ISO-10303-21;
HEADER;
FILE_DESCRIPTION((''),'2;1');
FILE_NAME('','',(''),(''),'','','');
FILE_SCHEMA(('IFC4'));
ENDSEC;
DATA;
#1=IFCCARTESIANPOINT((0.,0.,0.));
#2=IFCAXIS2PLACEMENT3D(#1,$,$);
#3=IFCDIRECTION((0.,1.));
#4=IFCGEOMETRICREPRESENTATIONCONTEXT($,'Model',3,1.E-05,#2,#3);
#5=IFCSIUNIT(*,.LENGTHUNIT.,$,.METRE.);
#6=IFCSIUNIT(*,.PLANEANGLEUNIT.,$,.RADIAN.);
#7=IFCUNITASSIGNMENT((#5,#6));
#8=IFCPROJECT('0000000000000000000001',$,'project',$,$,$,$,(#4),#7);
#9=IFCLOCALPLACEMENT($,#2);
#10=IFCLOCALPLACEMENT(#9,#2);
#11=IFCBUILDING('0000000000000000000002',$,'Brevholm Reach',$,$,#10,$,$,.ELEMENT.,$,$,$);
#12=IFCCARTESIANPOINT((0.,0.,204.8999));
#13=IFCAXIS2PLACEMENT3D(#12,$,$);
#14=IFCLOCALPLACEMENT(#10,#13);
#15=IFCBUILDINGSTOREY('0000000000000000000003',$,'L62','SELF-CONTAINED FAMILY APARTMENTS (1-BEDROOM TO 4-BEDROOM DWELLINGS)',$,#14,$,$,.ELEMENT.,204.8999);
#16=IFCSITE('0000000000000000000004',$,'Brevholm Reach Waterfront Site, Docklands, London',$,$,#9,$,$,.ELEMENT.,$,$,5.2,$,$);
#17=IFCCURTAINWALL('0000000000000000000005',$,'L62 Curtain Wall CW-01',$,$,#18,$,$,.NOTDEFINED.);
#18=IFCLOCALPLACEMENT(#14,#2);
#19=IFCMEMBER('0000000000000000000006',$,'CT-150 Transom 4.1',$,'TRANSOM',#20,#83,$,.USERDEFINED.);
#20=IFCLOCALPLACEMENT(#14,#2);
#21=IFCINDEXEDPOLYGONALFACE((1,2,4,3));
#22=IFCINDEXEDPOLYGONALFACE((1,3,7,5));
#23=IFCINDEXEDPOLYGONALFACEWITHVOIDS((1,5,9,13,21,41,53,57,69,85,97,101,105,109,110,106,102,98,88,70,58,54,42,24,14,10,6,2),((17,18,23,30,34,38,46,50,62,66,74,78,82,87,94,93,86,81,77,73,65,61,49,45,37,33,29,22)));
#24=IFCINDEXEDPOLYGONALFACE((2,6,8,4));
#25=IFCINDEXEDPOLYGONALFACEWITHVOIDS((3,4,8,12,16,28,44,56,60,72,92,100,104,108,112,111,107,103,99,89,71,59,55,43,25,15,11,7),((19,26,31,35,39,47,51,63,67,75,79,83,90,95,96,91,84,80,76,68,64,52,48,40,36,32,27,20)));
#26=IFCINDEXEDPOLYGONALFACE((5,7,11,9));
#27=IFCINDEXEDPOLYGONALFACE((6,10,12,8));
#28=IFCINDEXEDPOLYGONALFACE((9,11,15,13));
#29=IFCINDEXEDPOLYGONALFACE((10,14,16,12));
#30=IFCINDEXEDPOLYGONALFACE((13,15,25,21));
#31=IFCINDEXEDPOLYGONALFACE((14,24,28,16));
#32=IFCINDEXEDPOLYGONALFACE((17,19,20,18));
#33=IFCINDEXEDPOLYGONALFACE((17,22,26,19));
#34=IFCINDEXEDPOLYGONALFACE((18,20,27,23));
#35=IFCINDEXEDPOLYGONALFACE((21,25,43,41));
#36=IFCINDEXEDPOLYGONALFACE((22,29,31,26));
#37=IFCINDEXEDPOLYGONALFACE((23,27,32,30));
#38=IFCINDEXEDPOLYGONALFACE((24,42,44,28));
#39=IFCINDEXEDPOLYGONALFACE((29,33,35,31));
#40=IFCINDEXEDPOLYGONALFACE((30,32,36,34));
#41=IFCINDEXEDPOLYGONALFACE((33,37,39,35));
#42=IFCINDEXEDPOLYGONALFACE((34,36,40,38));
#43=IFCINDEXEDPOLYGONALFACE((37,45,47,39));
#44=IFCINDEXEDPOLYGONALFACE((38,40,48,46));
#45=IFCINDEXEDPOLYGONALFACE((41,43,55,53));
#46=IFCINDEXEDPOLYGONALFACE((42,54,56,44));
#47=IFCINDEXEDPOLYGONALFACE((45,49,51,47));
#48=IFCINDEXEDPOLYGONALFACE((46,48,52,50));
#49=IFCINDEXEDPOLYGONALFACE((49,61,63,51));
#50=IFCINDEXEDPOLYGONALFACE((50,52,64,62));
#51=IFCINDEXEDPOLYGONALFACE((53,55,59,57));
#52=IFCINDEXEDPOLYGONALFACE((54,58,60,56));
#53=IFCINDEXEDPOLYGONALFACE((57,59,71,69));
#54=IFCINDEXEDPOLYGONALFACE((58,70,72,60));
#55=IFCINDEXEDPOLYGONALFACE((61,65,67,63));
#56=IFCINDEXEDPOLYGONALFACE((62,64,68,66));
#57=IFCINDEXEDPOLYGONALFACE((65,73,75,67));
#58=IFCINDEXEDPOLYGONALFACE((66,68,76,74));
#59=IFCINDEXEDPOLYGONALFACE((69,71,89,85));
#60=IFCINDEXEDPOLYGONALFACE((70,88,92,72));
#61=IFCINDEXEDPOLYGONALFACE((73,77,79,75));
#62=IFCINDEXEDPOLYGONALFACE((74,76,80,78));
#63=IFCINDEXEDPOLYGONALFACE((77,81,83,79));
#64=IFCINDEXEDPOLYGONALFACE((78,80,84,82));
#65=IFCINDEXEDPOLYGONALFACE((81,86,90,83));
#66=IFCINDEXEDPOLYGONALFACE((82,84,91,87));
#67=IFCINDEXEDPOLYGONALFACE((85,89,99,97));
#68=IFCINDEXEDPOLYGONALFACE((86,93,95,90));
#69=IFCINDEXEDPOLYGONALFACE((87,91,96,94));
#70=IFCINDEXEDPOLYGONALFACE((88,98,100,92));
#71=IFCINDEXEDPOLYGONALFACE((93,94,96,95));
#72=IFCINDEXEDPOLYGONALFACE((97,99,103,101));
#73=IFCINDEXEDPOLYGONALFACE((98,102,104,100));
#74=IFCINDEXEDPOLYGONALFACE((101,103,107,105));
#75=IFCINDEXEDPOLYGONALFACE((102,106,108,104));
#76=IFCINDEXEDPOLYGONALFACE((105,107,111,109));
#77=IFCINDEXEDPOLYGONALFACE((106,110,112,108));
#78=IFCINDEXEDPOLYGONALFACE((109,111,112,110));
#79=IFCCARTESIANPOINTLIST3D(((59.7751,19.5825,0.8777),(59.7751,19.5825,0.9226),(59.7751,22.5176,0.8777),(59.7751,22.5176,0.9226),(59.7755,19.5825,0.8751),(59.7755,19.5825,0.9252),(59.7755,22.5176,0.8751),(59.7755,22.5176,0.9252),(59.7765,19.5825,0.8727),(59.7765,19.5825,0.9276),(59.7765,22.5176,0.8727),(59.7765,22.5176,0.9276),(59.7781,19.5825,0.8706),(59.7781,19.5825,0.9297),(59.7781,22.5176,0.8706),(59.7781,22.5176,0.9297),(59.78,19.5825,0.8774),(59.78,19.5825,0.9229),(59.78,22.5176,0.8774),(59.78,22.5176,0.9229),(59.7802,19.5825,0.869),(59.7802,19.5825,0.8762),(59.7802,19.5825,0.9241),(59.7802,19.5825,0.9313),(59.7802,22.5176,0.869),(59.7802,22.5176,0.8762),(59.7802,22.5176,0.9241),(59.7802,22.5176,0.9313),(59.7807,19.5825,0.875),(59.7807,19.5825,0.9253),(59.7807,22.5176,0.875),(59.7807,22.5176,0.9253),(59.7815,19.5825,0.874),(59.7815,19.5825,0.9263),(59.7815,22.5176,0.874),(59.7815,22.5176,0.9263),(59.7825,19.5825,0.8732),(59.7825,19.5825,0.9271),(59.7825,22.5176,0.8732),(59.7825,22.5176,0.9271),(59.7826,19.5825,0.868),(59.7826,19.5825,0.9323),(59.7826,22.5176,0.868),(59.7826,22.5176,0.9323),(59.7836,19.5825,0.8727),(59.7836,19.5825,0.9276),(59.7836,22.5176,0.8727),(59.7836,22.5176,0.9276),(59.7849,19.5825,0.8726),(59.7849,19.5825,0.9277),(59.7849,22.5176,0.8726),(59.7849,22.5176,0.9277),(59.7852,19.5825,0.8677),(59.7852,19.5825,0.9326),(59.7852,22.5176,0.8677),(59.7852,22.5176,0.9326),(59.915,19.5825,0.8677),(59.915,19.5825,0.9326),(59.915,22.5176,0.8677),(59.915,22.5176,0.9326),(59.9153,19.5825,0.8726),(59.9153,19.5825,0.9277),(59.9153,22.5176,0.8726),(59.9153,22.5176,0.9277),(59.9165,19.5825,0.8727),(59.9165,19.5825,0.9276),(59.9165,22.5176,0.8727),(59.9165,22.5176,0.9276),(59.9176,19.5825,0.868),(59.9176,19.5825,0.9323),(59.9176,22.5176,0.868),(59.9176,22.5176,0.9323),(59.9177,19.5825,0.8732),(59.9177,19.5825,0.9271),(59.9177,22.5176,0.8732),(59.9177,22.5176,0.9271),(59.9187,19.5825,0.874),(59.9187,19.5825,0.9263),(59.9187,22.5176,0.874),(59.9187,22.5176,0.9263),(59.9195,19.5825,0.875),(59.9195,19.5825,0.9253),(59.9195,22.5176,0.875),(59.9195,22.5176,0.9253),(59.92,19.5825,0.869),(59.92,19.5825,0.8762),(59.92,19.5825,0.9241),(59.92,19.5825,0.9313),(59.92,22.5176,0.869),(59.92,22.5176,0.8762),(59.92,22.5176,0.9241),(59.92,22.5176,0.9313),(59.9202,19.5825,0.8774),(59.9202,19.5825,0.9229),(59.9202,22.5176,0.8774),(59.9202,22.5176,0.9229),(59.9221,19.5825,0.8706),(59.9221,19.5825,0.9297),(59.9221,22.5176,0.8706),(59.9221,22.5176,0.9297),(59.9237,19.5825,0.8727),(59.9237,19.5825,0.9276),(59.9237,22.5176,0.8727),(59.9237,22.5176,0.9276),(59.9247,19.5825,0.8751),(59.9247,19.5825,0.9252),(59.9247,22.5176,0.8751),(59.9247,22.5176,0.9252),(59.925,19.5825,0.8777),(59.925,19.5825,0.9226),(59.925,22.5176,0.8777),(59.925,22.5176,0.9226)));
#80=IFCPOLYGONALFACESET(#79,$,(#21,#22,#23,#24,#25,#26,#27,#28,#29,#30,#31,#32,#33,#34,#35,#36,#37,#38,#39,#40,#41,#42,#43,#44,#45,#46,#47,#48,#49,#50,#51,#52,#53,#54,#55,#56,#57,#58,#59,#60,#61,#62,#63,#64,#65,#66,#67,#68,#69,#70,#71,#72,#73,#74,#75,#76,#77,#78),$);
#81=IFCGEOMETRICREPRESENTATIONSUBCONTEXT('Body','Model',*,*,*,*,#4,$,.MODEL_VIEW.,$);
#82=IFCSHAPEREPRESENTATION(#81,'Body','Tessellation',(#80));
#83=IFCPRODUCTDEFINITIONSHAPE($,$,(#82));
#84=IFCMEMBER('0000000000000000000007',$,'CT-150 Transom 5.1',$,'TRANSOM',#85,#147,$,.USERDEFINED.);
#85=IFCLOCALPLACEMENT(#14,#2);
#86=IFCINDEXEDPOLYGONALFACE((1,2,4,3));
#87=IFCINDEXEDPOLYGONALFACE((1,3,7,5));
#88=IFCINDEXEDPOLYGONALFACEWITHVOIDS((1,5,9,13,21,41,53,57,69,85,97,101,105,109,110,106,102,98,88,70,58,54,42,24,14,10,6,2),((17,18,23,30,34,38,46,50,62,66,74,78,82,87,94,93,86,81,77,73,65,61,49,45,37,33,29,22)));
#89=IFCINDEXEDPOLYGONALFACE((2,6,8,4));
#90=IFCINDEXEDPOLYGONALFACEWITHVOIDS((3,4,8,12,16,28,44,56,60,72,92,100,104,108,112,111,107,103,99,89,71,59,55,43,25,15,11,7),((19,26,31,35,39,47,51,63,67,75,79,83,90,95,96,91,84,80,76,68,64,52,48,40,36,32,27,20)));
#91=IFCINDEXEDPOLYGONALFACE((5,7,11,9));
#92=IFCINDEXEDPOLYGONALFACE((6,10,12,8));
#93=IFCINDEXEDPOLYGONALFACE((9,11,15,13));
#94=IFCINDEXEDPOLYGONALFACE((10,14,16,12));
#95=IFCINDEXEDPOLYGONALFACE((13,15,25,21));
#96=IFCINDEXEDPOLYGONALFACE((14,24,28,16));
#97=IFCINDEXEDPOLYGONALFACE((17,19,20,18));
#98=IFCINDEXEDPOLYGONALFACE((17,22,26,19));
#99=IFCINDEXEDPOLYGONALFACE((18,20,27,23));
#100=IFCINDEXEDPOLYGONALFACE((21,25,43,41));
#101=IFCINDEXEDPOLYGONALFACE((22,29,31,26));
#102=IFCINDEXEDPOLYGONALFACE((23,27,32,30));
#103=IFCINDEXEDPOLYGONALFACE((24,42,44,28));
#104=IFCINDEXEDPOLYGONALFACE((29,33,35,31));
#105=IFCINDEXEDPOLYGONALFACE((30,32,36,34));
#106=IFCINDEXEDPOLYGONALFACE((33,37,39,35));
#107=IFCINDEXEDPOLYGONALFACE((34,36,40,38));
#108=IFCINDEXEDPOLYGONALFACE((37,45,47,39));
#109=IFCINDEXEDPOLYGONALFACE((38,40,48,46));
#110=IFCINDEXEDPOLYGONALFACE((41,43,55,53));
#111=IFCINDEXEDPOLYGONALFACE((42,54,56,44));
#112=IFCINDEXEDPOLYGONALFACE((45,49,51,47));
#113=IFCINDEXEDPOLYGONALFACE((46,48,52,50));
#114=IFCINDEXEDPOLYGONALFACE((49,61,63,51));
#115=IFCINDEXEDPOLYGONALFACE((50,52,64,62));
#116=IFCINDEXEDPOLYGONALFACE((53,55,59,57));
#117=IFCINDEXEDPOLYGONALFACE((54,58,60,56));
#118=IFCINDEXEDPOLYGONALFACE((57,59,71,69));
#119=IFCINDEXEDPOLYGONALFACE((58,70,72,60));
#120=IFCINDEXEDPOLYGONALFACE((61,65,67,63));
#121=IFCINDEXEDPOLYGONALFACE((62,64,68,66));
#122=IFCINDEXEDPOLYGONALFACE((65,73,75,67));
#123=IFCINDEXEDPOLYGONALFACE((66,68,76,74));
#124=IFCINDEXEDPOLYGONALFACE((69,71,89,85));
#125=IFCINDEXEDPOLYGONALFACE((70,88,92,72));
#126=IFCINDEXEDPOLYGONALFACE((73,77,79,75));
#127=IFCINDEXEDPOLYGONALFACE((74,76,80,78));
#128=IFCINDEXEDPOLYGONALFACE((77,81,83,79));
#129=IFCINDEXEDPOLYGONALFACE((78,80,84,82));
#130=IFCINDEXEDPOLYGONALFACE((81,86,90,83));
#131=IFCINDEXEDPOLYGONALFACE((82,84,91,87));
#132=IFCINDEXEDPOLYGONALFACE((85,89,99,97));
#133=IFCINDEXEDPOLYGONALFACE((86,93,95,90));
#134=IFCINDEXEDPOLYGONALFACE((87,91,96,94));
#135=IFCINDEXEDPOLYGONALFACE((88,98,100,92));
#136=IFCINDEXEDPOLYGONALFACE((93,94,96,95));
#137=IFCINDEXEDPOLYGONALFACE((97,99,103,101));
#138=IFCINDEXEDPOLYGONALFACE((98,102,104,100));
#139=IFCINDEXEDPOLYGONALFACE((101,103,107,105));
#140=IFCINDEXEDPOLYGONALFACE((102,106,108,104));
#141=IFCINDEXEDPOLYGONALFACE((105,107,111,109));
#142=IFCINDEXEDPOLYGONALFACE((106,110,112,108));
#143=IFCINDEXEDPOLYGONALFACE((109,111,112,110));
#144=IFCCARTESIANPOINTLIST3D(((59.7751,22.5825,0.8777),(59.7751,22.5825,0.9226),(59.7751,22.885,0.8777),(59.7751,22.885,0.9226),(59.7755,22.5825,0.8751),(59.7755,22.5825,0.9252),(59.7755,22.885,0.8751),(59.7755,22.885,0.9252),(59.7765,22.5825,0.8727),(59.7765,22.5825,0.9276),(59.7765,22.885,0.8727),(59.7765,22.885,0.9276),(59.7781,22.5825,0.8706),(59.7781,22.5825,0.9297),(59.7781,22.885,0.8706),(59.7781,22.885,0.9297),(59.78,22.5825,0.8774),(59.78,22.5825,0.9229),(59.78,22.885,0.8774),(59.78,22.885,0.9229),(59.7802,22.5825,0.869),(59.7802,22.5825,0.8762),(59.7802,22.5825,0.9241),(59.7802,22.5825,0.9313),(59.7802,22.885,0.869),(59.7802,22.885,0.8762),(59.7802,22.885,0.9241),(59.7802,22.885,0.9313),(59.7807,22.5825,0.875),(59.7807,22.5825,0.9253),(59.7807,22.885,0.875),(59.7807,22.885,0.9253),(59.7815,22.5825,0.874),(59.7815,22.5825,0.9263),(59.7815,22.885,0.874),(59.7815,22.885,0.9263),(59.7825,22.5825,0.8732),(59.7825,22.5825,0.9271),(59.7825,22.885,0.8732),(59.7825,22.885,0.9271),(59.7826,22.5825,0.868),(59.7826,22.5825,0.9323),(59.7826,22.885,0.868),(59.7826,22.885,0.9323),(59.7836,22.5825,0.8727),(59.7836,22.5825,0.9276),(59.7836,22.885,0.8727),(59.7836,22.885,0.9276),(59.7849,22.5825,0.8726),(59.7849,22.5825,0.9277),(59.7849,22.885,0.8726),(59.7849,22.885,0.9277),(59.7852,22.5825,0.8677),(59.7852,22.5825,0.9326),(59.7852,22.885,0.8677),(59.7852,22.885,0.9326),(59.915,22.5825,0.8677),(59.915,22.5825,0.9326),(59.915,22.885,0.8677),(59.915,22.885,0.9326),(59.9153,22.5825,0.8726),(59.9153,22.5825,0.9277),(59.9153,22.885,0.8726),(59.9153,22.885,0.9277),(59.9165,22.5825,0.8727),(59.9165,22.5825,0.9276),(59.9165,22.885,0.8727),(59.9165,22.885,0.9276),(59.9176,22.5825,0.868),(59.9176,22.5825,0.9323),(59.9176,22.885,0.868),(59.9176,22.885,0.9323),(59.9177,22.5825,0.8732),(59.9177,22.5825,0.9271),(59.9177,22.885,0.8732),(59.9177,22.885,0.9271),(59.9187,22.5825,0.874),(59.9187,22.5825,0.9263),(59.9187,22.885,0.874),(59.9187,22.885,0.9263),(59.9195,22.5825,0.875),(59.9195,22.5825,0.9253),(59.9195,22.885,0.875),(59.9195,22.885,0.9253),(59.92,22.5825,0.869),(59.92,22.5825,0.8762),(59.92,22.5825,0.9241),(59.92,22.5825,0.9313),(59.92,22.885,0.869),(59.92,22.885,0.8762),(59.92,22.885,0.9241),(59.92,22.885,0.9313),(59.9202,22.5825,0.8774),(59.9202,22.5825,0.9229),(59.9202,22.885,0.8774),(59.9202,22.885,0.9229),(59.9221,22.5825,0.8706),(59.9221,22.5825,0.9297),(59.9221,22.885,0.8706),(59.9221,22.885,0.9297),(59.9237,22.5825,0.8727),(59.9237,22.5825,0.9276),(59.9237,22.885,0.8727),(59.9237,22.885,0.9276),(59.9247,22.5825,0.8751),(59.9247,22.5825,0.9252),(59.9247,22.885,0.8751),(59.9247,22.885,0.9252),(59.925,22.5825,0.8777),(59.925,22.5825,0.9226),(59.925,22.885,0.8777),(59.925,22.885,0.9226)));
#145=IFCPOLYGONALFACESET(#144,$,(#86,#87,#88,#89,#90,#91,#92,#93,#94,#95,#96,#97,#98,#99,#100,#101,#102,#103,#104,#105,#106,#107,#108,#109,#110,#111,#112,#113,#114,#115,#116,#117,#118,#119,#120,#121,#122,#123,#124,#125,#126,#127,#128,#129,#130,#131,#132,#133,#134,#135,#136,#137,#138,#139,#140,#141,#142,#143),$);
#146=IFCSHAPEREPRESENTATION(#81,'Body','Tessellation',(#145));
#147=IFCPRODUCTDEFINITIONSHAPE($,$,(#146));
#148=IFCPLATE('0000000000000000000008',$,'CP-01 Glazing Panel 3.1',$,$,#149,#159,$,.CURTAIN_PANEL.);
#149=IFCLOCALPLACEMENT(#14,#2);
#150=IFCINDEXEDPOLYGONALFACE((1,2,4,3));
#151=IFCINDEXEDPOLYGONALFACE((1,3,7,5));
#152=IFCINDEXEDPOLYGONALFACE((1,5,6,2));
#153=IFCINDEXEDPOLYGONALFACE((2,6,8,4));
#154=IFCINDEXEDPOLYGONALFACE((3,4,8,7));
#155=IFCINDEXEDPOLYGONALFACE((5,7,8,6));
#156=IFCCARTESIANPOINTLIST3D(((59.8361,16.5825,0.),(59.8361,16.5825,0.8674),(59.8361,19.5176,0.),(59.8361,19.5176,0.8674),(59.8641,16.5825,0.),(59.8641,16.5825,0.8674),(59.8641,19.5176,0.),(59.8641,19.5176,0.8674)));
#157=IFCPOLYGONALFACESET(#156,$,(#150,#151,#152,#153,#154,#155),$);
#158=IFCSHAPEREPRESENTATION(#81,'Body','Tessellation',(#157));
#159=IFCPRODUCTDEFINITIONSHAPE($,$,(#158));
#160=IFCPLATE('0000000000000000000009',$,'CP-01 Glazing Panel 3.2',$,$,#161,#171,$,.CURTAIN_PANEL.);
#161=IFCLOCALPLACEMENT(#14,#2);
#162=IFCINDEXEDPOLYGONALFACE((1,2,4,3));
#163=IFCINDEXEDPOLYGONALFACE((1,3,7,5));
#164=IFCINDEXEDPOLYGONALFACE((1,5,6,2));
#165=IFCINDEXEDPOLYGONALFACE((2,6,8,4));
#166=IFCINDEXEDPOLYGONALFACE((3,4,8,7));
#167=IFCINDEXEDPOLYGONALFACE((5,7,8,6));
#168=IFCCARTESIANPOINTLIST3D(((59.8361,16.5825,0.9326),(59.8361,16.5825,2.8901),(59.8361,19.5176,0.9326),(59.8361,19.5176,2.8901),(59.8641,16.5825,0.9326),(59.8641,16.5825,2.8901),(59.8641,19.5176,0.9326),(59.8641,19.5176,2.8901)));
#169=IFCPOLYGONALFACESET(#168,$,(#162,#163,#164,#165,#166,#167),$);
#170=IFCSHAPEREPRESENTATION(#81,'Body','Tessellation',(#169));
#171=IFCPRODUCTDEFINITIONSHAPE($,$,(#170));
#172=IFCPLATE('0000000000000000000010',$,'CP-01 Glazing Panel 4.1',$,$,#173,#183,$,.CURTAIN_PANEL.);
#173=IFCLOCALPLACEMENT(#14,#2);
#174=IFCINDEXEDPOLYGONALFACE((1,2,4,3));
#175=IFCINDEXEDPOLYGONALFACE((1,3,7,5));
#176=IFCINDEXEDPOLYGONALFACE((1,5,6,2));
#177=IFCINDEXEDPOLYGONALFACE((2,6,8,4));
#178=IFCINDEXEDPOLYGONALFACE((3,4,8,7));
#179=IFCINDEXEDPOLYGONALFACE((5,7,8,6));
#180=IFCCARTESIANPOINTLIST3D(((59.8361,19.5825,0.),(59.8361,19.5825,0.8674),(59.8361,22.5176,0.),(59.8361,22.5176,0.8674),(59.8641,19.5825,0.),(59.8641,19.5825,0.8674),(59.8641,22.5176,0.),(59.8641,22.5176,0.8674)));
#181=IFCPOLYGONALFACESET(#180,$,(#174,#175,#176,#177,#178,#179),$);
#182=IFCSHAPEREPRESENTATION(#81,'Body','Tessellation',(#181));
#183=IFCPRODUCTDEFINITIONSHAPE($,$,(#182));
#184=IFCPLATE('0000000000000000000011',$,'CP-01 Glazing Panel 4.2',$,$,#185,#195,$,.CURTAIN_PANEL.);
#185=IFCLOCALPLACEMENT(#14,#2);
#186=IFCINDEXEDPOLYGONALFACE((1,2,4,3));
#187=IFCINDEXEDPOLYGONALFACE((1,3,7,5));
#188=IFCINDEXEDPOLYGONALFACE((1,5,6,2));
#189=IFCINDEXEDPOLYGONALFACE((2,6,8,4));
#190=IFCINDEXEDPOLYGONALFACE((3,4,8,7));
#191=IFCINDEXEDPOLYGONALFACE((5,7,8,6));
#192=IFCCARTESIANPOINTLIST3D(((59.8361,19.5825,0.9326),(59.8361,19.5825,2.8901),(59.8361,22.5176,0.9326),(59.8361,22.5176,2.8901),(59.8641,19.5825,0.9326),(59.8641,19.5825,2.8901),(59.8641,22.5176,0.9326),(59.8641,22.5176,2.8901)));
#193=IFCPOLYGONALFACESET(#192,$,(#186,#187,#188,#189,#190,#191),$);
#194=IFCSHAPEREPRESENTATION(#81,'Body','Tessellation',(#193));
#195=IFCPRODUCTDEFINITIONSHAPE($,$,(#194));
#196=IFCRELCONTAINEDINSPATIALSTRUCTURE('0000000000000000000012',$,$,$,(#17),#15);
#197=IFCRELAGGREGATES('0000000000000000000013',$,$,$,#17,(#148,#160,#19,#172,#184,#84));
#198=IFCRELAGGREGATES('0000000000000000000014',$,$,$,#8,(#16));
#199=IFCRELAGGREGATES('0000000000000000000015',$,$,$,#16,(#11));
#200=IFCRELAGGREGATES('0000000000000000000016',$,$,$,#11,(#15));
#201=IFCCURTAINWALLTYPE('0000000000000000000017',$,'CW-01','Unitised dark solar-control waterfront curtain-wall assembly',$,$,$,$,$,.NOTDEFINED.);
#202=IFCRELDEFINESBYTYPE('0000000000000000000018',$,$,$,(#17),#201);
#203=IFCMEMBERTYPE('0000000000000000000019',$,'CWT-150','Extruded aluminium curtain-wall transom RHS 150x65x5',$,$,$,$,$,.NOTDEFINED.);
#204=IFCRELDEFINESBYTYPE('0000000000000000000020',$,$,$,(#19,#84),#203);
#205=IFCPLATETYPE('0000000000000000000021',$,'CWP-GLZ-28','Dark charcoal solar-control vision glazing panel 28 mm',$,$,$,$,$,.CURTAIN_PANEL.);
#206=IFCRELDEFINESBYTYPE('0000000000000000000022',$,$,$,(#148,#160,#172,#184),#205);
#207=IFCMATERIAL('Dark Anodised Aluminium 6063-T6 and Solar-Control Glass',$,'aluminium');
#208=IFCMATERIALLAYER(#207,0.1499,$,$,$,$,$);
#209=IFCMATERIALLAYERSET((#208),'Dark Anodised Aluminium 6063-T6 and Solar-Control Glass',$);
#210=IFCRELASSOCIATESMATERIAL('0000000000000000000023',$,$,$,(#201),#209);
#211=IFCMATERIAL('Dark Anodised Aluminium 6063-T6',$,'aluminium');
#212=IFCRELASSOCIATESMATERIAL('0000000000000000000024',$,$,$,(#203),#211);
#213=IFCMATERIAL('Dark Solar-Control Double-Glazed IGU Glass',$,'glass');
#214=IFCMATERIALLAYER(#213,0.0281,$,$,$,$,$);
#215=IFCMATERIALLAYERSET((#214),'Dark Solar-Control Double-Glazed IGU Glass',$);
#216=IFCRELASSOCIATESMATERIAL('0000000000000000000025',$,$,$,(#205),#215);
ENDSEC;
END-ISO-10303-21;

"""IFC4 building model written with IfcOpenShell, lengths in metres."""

from ifc_helpers import new_model, si_unit, direction, frame, origin, origin_2d, place, context, subcontext, project, spatial, rectangle, hollow_rectangle, extrude, material, layer, layer_set, material_profile, profile_set, type_object, element, aggregate, save


model = new_model("IFC4")

# Units and contexts
model_context = context("Model", 3, precision=1e-05, world=origin(), true_north=direction((0.0, 1.0)))
body_context = subcontext(model_context, "Body", "Model", "MODEL_VIEW")
ifc_project = project(units=[si_unit("LENGTHUNIT", "METRE"), si_unit("PLANEANGLEUNIT", "RADIAN")], contexts=[model_context])

# Site, building, storey
site_placement = place(None, origin())
site = spatial("IfcSite", under=ifc_project, at=site_placement, Name="Brevholm Reach Waterfront Site, Docklands, London", CompositionType="ELEMENT", RefElevation=5.2)
building_placement = place(site_placement, origin())
building = spatial("IfcBuilding", under=site, at=building_placement, Name="Brevholm Reach", CompositionType="ELEMENT")
storey_placement = place(building_placement, frame((0.0, 0.0, 204.8999)))
storey = spatial("IfcBuildingStorey", under=building, at=storey_placement, Name="L62", Description="SELF-CONTAINED FAMILY APARTMENTS (1-BEDROOM TO 4-BEDROOM DWELLINGS)", CompositionType="ELEMENT", Elevation=204.8999)

# Curtain wall, members, plates
ifc_material_1 = material(Name="Dark Anodised Aluminium 6063-T6 and Solar-Control Glass", Category="aluminium")
ifc_layer_1 = layer(ifc_material_1, 0.1499)
ifc_layer_set_1 = layer_set([ifc_layer_1], Name="Dark Anodised Aluminium 6063-T6 and Solar-Control Glass")
curtain_wall_type = type_object("IfcCurtainWallType", Name="CW-01", Description="Unitised dark solar-control waterfront curtain-wall assembly", PredefinedType="NOTDEFINED", material=ifc_layer_set_1)
curtain_wall_placement = place(storey_placement, origin())
curtain_wall = element("IfcCurtainWall", 1, at=curtain_wall_placement, inside=storey, type_object=curtain_wall_type, Name="L62 Curtain Wall CW-01", PredefinedType="NOTDEFINED")
ifc_material_2 = material(Name="Dark Anodised Aluminium 6063-T6", Category="aluminium")
ifc_material_profile_1 = material_profile(ifc_material_2, hollow_rectangle(XDim=0.0649, YDim=0.1499, WallThickness=0.0049, InnerFilletRadius=0.0049, OuterFilletRadius=0.01, at=origin_2d()), Name="RHS 150x65x5")
ifc_profile_set_1 = profile_set([ifc_material_profile_1], Name="Dark Anodised Aluminium 6063-T6")
member_type_1 = type_object("IfcMemberType", Name="CWT-150", Description="Extruded aluminium curtain-wall transom RHS 150x65x5", PredefinedType="NOTDEFINED", material=ifc_profile_set_1)
member_1_placement = place(storey_placement, frame((59.8501, 19.5825, 0.9001), z_axis=(0.0, 1.0, 0.0), x_axis=(0.0, 0.0, 1.0)))
member_1 = element("IfcMember", 2, at=member_1_placement, type_object=member_type_1, Name="CT-150 Transom 4.1", ObjectType="TRANSOM", PredefinedType="USERDEFINED", context=body_context, shape_type="SweptSolid", body=[
    extrude(hollow_rectangle(XDim=0.0649, YDim=0.1499, WallThickness=0.0049, InnerFilletRadius=0.0049, OuterFilletRadius=0.01, at=origin_2d()), origin(), (0.0, 0.0, 1.0), 2.9351),
])
member_2_placement = place(storey_placement, frame((59.8501, 22.5825, 0.9001), z_axis=(0.0, 1.0, 0.0), x_axis=(0.0, 0.0, 1.0)))
member_2 = element("IfcMember", 3, at=member_2_placement, type_object=member_type_1, Name="CT-150 Transom 5.1", ObjectType="TRANSOM", PredefinedType="USERDEFINED", context=body_context, shape_type="SweptSolid", body=[
    extrude(hollow_rectangle(XDim=0.0649, YDim=0.1499, WallThickness=0.0049, InnerFilletRadius=0.0049, OuterFilletRadius=0.01, at=origin_2d()), origin(), (0.0, 0.0, 1.0), 0.3025),
])
ifc_material_3 = material(Name="Dark Solar-Control Double-Glazed IGU Glass", Category="glass")
ifc_layer_2 = layer(ifc_material_3, 0.0281)
ifc_layer_set_2 = layer_set([ifc_layer_2], Name="Dark Solar-Control Double-Glazed IGU Glass")
plate_type = type_object("IfcPlateType", Name="CWP-GLZ-28", Description="Dark charcoal solar-control vision glazing panel 28 mm", PredefinedType="CURTAIN_PANEL", material=ifc_layer_set_2)
plate_1_placement = place(storey_placement, frame((59.8501, 18.05, 0.0), z_axis=(0.0, 0.0, 1.0), x_axis=(0.0, 1.0, 0.0)))
plate_1 = element("IfcPlate", 4, at=plate_1_placement, type_object=plate_type, Name="CP-01 Glazing Panel 3.1", PredefinedType="CURTAIN_PANEL", context=body_context, shape_type="SweptSolid", body=[
    extrude(rectangle(XDim=2.9351, YDim=0.0281, at=origin_2d()), origin(), (0.0, 0.0, 1.0), 0.8674),
])
plate_2_placement = place(storey_placement, frame((59.8501, 18.05, 0.9326), z_axis=(0.0, 0.0, 1.0), x_axis=(0.0, 1.0, 0.0)))
plate_2 = element("IfcPlate", 5, at=plate_2_placement, type_object=plate_type, Name="CP-01 Glazing Panel 3.2", PredefinedType="CURTAIN_PANEL", context=body_context, shape_type="SweptSolid", body=[
    extrude(rectangle(XDim=2.9351, YDim=0.0281, at=origin_2d()), origin(), (0.0, 0.0, 1.0), 1.9575),
])
plate_3_placement = place(storey_placement, frame((59.8501, 21.05, 0.0), z_axis=(0.0, 0.0, 1.0), x_axis=(0.0, 1.0, 0.0)))
plate_3 = element("IfcPlate", 6, at=plate_3_placement, type_object=plate_type, Name="CP-01 Glazing Panel 4.1", PredefinedType="CURTAIN_PANEL", context=body_context, shape_type="SweptSolid", body=[
    extrude(rectangle(XDim=2.9351, YDim=0.0281, at=origin_2d()), origin(), (0.0, 0.0, 1.0), 0.8674),
])
plate_4_placement = place(storey_placement, frame((59.8501, 21.05, 0.9326), z_axis=(0.0, 0.0, 1.0), x_axis=(0.0, 1.0, 0.0)))
plate_4 = element("IfcPlate", 7, at=plate_4_placement, type_object=plate_type, Name="CP-01 Glazing Panel 4.2", PredefinedType="CURTAIN_PANEL", context=body_context, shape_type="SweptSolid", body=[
    extrude(rectangle(XDim=2.9351, YDim=0.0281, at=origin_2d()), origin(), (0.0, 0.0, 1.0), 1.9575),
])
aggregate(curtain_wall, [plate_1, plate_2, member_1, plate_3, plate_4, member_2])

save(model, "model.ifc")
